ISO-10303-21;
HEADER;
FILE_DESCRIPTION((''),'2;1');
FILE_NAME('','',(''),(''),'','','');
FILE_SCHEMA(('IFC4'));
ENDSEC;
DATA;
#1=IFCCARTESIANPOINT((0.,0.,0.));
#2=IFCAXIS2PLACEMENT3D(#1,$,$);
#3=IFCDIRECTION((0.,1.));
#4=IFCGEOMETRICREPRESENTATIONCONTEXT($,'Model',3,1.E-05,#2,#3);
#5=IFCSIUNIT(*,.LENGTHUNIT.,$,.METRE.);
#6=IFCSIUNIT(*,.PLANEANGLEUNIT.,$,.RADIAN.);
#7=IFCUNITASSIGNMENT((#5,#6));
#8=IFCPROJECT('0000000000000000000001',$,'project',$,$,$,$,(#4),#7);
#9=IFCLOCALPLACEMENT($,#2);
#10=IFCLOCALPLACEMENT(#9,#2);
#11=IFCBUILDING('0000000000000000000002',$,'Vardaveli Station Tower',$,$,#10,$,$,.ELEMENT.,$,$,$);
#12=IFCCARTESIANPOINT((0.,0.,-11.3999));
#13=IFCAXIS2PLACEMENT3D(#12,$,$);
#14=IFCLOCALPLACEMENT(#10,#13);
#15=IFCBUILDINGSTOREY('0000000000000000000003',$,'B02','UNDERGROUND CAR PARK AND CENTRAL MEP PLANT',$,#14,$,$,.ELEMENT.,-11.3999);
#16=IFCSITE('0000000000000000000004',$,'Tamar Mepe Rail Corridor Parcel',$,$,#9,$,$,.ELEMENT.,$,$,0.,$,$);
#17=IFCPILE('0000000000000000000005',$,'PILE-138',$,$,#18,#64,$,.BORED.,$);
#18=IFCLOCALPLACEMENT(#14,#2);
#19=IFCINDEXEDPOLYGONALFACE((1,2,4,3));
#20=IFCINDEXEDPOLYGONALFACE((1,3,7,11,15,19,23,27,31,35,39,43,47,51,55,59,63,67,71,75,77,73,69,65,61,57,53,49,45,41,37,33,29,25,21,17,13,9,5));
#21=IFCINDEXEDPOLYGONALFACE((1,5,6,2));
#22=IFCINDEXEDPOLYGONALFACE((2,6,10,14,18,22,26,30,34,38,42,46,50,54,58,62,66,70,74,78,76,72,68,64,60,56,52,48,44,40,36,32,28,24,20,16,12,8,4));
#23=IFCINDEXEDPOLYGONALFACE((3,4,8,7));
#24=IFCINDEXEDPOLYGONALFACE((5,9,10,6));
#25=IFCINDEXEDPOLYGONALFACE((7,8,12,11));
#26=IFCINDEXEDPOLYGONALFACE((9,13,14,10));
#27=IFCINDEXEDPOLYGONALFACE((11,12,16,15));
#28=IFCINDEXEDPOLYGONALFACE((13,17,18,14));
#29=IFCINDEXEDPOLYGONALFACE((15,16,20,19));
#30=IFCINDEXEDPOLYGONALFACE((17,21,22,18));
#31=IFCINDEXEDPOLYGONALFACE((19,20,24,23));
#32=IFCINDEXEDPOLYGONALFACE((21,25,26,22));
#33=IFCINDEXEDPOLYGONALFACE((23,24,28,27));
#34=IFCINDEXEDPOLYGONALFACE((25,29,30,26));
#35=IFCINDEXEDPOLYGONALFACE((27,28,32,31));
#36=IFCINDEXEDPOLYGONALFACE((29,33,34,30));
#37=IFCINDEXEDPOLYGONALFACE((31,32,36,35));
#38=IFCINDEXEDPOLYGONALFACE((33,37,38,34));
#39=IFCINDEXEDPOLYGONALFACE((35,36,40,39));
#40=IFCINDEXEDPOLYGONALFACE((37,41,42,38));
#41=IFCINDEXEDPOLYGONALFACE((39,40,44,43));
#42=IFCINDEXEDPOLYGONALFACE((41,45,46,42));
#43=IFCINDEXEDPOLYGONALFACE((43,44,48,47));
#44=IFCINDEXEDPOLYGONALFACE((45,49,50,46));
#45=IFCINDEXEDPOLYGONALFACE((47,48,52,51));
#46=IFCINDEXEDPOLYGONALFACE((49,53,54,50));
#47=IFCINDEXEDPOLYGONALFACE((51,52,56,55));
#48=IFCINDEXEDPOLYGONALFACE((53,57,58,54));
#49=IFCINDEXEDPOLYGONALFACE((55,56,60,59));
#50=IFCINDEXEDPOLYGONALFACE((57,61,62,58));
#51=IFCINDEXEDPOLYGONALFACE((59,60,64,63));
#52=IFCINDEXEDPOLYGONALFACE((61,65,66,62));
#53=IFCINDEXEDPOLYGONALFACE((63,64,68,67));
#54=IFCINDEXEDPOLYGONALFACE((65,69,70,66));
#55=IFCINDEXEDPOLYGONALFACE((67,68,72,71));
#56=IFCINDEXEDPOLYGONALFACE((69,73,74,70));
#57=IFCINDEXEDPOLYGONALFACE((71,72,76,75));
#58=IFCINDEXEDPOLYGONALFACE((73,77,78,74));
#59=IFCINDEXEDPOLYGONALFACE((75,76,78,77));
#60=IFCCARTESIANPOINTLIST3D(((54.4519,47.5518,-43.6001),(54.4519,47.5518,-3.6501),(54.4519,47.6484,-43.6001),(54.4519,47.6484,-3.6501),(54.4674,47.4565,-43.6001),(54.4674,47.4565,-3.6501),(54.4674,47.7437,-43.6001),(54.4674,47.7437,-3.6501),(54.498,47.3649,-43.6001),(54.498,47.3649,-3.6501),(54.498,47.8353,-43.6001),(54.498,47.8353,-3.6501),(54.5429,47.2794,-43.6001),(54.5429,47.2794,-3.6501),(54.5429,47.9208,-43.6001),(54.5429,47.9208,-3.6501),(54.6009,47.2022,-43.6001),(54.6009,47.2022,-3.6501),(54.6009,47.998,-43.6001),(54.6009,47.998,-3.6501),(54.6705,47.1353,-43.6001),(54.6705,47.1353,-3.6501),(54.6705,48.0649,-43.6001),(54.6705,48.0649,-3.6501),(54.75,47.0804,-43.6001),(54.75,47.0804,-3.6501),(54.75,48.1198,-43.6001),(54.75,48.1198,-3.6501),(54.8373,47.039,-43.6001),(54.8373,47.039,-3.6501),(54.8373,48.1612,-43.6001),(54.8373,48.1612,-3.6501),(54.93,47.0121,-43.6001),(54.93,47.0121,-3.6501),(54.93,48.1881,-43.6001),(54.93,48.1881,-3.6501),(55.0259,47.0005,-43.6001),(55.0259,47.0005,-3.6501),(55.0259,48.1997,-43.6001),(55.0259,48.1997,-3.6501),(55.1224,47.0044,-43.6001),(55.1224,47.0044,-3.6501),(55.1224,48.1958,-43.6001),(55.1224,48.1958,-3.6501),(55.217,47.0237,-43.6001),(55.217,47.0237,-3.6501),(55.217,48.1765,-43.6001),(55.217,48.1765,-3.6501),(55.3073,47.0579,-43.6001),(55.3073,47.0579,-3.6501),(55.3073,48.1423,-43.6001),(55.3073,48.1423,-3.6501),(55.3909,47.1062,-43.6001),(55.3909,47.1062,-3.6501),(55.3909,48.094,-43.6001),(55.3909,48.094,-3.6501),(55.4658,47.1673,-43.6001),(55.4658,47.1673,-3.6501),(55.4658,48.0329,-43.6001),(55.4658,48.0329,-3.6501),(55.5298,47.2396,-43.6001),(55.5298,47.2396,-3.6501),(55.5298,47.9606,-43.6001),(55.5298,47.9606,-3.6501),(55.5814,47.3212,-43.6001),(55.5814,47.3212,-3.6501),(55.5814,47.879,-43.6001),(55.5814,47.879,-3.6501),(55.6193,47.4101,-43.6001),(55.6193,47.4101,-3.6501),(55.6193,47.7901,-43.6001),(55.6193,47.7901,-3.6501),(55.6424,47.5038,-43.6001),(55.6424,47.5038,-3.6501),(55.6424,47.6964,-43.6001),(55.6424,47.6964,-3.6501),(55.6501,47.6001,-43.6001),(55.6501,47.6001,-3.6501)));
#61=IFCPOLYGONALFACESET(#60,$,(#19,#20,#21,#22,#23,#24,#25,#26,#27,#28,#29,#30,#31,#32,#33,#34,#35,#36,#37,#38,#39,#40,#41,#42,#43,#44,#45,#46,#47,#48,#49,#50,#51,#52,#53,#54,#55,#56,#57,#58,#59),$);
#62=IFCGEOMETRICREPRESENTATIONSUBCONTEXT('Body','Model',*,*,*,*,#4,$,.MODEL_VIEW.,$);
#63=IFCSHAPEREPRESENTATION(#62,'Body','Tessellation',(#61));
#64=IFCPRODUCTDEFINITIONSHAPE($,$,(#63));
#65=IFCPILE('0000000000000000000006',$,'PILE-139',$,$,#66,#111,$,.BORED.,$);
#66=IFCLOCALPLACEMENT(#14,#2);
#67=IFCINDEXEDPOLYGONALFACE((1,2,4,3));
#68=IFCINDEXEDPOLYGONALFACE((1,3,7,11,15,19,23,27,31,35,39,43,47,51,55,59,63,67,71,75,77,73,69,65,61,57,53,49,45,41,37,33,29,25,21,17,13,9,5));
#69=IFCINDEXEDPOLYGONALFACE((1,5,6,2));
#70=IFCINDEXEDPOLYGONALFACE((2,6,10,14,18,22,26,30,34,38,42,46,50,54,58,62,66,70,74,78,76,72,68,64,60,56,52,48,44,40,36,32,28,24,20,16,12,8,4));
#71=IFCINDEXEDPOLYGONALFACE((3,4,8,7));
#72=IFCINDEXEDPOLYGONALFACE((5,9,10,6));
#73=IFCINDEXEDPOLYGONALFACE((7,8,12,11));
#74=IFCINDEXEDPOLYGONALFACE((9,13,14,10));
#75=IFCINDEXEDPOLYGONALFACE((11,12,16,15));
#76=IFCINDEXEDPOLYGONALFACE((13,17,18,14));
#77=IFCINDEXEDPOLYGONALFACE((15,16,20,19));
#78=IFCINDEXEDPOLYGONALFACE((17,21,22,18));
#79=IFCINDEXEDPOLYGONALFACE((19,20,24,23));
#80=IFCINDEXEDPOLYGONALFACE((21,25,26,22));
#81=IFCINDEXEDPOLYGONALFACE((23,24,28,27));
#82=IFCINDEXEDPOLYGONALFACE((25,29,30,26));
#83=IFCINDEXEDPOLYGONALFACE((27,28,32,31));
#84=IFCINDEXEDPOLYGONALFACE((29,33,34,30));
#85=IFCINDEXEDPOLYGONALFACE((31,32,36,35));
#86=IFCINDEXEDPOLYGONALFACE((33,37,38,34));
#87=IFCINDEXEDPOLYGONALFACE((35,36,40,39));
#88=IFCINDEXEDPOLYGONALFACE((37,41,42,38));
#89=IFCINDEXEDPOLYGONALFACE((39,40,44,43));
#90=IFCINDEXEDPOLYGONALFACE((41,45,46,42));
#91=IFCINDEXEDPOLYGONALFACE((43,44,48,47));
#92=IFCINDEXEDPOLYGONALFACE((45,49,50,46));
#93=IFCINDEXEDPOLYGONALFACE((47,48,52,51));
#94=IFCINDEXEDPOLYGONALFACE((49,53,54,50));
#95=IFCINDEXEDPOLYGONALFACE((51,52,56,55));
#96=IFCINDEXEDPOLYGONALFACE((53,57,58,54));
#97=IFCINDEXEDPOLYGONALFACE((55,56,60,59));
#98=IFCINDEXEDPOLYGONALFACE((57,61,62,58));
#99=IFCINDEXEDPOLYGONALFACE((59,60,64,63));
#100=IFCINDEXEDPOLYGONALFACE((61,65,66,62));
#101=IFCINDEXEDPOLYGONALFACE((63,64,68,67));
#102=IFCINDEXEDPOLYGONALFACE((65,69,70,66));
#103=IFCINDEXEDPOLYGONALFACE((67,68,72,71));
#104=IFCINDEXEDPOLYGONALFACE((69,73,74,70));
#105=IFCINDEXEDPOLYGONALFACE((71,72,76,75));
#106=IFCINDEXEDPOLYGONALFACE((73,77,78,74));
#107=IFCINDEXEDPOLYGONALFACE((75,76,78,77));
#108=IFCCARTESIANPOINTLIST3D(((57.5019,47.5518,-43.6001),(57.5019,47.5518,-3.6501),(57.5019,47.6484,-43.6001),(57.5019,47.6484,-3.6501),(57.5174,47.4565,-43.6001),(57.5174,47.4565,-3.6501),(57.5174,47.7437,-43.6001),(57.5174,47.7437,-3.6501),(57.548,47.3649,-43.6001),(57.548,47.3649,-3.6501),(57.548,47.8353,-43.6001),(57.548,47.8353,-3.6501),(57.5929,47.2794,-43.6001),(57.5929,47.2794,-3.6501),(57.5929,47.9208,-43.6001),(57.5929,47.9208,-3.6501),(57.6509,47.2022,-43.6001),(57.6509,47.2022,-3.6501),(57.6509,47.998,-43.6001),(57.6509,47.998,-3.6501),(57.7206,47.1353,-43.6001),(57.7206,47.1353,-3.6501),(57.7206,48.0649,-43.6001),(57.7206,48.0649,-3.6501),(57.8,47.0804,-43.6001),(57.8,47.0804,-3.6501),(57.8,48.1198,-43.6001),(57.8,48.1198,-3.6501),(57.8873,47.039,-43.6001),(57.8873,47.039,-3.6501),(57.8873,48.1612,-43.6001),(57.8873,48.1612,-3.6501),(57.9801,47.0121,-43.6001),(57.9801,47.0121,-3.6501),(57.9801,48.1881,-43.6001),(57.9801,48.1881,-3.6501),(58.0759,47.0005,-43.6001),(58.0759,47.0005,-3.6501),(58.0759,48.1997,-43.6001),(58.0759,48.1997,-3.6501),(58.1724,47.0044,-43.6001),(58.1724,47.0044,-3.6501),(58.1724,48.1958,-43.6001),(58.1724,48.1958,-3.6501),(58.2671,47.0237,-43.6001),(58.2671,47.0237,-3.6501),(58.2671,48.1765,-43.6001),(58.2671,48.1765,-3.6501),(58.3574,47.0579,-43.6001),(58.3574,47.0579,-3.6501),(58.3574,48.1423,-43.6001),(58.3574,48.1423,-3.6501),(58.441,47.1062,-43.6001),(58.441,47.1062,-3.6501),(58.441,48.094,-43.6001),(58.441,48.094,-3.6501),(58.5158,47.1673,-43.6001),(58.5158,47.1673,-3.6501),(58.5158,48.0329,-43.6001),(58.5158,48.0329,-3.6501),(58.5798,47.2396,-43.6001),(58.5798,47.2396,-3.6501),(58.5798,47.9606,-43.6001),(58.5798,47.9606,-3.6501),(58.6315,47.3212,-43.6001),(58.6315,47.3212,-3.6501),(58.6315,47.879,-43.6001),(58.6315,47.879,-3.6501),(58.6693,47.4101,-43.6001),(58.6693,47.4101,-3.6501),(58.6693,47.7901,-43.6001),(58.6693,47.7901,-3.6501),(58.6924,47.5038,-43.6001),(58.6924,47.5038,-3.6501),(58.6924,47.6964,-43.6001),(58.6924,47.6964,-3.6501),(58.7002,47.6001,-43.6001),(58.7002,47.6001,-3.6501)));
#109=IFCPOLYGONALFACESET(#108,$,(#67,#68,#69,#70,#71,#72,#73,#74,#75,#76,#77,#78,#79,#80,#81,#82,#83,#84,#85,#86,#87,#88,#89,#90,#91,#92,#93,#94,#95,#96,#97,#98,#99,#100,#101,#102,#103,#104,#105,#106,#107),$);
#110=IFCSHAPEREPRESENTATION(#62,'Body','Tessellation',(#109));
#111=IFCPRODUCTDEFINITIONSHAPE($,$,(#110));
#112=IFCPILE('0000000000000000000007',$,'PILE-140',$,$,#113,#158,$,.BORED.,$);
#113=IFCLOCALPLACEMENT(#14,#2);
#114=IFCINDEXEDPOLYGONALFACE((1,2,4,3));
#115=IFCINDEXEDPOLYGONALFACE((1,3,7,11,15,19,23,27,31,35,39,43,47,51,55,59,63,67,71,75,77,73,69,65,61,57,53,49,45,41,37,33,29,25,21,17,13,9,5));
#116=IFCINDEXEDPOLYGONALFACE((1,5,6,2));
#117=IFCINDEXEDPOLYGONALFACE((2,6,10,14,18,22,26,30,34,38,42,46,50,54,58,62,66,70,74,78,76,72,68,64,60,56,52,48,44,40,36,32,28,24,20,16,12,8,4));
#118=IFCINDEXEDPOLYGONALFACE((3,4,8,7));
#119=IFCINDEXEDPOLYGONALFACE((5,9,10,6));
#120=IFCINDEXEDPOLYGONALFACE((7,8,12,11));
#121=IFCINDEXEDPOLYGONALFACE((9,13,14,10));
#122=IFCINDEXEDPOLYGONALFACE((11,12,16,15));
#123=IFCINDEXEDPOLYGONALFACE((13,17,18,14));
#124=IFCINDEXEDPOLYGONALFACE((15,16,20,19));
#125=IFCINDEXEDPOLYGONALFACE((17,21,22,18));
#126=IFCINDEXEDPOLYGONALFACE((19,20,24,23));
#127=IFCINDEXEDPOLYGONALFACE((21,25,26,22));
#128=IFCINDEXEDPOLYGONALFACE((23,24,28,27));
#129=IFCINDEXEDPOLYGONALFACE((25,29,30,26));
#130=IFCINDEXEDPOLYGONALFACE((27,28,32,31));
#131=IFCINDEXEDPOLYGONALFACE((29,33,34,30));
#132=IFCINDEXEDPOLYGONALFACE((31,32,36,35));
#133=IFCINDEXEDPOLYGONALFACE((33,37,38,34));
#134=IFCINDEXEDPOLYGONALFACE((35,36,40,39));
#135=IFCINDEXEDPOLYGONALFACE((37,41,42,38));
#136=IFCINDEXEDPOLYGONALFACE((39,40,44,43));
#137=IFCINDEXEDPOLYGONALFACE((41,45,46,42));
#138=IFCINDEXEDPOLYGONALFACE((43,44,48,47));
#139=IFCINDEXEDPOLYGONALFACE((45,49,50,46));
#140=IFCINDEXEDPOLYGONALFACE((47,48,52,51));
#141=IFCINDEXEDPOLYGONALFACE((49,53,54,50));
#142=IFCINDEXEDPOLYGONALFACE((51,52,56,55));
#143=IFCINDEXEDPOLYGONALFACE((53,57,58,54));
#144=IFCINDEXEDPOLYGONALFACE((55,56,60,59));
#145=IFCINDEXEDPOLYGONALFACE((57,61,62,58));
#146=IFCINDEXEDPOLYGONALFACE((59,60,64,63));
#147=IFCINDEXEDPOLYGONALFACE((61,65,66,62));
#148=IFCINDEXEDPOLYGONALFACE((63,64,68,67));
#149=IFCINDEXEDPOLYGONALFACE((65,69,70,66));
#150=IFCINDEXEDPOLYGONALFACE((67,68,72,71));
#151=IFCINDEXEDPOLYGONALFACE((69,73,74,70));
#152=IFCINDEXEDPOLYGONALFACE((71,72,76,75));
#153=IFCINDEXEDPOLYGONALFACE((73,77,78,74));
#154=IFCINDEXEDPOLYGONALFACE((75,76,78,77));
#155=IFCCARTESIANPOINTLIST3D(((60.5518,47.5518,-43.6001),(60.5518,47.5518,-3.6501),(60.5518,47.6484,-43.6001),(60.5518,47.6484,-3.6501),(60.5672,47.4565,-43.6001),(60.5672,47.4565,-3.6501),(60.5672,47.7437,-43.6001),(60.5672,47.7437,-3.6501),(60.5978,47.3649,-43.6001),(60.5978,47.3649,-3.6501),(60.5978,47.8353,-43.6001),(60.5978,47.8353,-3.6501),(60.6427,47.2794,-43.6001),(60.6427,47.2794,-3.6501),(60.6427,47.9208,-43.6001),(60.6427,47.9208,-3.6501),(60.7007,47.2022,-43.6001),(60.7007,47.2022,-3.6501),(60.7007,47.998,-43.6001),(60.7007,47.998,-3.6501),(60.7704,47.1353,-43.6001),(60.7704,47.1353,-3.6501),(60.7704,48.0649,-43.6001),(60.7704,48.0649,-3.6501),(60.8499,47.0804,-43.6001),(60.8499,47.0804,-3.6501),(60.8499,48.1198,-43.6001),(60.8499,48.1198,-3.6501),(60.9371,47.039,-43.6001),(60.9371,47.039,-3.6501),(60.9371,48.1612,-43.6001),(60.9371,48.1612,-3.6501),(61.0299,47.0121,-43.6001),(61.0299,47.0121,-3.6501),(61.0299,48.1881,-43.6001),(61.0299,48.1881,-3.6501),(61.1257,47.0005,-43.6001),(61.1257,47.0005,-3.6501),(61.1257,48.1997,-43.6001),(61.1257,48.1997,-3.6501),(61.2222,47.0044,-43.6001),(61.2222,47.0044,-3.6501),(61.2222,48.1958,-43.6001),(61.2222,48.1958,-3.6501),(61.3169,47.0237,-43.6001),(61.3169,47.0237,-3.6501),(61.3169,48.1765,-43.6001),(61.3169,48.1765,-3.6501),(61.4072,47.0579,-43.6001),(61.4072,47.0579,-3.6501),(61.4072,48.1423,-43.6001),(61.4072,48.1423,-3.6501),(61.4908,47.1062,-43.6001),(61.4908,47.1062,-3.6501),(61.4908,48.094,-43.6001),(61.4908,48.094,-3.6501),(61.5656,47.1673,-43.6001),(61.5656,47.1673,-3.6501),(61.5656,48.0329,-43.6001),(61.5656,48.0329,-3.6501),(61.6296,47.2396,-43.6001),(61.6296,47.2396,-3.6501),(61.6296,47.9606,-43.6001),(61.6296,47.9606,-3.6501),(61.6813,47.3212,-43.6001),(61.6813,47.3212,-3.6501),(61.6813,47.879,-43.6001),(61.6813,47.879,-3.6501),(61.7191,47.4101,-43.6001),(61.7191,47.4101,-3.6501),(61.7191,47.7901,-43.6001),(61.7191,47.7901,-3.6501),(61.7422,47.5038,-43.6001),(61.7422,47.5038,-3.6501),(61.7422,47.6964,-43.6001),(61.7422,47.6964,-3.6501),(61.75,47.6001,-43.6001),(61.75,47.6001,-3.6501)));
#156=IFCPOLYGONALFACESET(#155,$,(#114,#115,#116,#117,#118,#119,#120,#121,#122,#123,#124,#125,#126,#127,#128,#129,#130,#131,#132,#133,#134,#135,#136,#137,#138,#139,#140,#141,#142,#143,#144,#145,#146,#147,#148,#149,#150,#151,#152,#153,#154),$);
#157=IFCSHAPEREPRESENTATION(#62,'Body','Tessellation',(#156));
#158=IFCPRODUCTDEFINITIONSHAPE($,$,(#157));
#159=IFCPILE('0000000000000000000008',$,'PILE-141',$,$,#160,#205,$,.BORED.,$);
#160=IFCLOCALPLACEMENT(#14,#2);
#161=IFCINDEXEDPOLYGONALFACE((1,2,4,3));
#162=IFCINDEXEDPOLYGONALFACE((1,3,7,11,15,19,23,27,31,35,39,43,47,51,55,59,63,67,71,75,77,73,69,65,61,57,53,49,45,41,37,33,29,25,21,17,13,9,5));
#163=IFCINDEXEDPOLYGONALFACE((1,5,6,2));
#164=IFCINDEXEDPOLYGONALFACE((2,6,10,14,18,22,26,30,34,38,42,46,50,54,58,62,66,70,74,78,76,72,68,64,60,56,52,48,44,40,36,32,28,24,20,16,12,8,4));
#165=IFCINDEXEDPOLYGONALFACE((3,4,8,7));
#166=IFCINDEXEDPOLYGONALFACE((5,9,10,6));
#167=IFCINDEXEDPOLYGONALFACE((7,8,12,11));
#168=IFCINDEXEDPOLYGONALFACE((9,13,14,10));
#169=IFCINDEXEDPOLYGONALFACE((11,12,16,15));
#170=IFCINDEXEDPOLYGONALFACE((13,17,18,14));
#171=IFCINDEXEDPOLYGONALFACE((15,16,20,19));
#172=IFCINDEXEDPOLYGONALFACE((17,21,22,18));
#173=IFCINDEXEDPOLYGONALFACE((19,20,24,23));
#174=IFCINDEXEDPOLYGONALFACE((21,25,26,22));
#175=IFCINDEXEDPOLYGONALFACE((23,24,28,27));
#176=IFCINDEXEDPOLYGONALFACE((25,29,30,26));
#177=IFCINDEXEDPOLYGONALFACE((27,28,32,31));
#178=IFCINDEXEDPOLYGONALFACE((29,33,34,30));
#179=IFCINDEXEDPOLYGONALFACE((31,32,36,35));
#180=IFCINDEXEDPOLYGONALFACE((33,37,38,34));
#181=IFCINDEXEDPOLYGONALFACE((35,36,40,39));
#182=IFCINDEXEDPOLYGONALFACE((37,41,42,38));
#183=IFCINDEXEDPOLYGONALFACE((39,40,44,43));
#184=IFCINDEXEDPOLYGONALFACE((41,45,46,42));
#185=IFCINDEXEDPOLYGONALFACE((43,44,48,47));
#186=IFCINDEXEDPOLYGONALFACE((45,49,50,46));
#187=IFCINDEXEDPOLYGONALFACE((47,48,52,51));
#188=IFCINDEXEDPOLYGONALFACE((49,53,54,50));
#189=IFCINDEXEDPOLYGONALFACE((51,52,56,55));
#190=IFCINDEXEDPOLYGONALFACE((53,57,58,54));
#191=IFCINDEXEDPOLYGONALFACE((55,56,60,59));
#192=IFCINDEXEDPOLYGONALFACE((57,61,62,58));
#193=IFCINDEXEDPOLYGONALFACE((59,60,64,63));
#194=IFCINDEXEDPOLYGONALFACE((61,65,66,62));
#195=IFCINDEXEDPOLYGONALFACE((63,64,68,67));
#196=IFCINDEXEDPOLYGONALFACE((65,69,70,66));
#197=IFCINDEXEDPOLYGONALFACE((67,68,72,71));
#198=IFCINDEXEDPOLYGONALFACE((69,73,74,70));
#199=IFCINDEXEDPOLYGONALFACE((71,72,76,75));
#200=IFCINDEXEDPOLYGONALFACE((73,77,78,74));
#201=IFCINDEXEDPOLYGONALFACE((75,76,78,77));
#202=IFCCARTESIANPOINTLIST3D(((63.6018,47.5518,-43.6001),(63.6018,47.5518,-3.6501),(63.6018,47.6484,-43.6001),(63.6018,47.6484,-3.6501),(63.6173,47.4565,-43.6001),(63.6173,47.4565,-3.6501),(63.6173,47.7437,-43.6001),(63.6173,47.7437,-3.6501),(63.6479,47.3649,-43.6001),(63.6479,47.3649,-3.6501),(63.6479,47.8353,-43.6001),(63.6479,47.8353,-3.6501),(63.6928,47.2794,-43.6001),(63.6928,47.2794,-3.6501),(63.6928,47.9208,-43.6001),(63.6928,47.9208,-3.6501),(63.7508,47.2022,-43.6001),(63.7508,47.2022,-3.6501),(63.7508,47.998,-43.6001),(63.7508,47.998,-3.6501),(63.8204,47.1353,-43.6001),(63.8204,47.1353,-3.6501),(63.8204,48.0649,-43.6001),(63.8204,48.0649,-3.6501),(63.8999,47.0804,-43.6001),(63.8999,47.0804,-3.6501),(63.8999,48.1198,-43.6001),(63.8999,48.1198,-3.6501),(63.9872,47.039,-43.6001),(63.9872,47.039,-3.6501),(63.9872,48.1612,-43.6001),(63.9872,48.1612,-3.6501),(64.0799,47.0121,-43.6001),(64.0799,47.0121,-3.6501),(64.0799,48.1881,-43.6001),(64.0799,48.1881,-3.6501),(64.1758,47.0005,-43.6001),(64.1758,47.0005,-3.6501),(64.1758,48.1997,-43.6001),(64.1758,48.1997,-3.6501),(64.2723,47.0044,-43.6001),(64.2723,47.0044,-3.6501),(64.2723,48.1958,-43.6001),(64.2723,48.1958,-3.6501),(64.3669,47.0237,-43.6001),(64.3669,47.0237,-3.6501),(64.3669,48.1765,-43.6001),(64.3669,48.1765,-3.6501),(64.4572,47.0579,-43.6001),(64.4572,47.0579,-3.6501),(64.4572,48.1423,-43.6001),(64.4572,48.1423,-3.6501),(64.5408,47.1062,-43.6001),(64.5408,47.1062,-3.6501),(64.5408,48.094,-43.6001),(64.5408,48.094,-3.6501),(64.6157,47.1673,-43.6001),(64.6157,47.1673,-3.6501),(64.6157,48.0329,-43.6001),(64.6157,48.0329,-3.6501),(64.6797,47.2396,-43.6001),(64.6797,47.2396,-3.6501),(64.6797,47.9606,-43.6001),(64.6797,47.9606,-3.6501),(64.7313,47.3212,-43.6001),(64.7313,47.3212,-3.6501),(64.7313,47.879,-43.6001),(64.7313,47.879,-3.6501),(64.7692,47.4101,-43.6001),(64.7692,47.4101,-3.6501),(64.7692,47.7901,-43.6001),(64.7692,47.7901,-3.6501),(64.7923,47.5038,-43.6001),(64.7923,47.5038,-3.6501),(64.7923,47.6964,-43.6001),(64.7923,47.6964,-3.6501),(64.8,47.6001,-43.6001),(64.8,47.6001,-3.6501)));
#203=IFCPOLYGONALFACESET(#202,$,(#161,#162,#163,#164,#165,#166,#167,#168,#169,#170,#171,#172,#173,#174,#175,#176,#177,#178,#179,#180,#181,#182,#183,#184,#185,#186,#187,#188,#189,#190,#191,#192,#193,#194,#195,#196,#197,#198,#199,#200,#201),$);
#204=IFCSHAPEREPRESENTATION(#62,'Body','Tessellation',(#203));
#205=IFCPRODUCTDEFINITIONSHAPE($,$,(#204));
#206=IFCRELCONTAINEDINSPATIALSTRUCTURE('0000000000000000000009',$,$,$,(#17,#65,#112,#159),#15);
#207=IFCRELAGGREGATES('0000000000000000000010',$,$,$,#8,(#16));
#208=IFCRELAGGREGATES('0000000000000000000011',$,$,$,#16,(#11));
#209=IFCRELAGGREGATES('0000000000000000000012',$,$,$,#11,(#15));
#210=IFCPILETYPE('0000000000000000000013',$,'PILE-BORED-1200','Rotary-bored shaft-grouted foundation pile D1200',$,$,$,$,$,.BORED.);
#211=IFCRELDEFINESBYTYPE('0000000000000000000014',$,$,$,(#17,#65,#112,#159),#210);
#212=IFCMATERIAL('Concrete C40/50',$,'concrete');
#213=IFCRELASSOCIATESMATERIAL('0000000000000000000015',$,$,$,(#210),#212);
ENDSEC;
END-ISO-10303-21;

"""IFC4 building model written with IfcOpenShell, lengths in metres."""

from ifc_helpers import new_model, si_unit, direction, frame, origin, origin_2d, place, context, subcontext, project, spatial, circle, extrude, source, transform, mapped, material, material_profile, profile_set, type_object, element, save


model = new_model("IFC4")

# Units and contexts
model_context = context("Model", 3, precision=1e-05, world=origin(), true_north=direction((0.0, 1.0)))
body_context = subcontext(model_context, "Body", "Model", "MODEL_VIEW")
ifc_project = project(units=[si_unit("LENGTHUNIT", "METRE"), si_unit("PLANEANGLEUNIT", "RADIAN")], contexts=[model_context])

# Site, building, storey
site_placement = place(None, origin())
site = spatial("IfcSite", under=ifc_project, at=site_placement, Name="Tamar Mepe Rail Corridor Parcel", CompositionType="ELEMENT", RefElevation=0.0)
building_placement = place(site_placement, origin())
building = spatial("IfcBuilding", under=site, at=building_placement, Name="Vardaveli Station Tower", CompositionType="ELEMENT")
storey_placement = place(building_placement, frame((0.0, 0.0, -11.3999)))
storey = spatial("IfcBuildingStorey", under=building, at=storey_placement, Name="B02", Description="UNDERGROUND CAR PARK AND CENTRAL MEP PLANT", CompositionType="ELEMENT", Elevation=-11.3999)

# Piles
ifc_material_1 = material(Name="Concrete C40/50", Category="concrete")
ifc_material_profile_1 = material_profile(ifc_material_1, circle(Radius=0.6001, at=origin_2d()), Name="PILE D1200")
ifc_profile_set_1 = profile_set([ifc_material_profile_1], Name="Concrete C40/50")
pile_type_1 = type_object("IfcPileType", Name="PILE-BORED-1200", Description="Rotary-bored shaft-grouted foundation pile D1200", PredefinedType="BORED", material=ifc_profile_set_1)
shared_shape_1 = source(origin(), body_context, "Body", "SweptSolid", [
    extrude(circle(Radius=0.6001, at=origin_2d()), origin(), (0.0, 0.0, 1.0), 39.95),
])
for number, where, z_axis, x_axis, name in (
    (1, (55.05, 47.6001, -3.6501), (0.0, 0.0, -1.0), (1.0, 0.0, 0.0), "PILE-138"),
    (2, (58.1001, 47.6001, -3.6501), (0.0, 0.0, -1.0), (1.0, 0.0, 0.0), "PILE-139"),
    (3, (61.1499, 47.6001, -3.6501), (0.0, 0.0, -1.0), (1.0, 0.0, 0.0), "PILE-140"),
    (4, (64.2, 47.6001, -3.6501), (0.0, 0.0, -1.0), (1.0, 0.0, 0.0), "PILE-141"),
):
    element("IfcPile", number, at=place(storey_placement, frame(where, z_axis=z_axis, x_axis=x_axis)), inside=storey, type_object=pile_type_1, Name=name, PredefinedType="BORED", context=body_context, shape_type="MappedRepresentation", body=[
        mapped(shared_shape_1, transform((0.0, 0.0, 0.0), scale=1.0)),
    ])

save(model, "model.ifc")
